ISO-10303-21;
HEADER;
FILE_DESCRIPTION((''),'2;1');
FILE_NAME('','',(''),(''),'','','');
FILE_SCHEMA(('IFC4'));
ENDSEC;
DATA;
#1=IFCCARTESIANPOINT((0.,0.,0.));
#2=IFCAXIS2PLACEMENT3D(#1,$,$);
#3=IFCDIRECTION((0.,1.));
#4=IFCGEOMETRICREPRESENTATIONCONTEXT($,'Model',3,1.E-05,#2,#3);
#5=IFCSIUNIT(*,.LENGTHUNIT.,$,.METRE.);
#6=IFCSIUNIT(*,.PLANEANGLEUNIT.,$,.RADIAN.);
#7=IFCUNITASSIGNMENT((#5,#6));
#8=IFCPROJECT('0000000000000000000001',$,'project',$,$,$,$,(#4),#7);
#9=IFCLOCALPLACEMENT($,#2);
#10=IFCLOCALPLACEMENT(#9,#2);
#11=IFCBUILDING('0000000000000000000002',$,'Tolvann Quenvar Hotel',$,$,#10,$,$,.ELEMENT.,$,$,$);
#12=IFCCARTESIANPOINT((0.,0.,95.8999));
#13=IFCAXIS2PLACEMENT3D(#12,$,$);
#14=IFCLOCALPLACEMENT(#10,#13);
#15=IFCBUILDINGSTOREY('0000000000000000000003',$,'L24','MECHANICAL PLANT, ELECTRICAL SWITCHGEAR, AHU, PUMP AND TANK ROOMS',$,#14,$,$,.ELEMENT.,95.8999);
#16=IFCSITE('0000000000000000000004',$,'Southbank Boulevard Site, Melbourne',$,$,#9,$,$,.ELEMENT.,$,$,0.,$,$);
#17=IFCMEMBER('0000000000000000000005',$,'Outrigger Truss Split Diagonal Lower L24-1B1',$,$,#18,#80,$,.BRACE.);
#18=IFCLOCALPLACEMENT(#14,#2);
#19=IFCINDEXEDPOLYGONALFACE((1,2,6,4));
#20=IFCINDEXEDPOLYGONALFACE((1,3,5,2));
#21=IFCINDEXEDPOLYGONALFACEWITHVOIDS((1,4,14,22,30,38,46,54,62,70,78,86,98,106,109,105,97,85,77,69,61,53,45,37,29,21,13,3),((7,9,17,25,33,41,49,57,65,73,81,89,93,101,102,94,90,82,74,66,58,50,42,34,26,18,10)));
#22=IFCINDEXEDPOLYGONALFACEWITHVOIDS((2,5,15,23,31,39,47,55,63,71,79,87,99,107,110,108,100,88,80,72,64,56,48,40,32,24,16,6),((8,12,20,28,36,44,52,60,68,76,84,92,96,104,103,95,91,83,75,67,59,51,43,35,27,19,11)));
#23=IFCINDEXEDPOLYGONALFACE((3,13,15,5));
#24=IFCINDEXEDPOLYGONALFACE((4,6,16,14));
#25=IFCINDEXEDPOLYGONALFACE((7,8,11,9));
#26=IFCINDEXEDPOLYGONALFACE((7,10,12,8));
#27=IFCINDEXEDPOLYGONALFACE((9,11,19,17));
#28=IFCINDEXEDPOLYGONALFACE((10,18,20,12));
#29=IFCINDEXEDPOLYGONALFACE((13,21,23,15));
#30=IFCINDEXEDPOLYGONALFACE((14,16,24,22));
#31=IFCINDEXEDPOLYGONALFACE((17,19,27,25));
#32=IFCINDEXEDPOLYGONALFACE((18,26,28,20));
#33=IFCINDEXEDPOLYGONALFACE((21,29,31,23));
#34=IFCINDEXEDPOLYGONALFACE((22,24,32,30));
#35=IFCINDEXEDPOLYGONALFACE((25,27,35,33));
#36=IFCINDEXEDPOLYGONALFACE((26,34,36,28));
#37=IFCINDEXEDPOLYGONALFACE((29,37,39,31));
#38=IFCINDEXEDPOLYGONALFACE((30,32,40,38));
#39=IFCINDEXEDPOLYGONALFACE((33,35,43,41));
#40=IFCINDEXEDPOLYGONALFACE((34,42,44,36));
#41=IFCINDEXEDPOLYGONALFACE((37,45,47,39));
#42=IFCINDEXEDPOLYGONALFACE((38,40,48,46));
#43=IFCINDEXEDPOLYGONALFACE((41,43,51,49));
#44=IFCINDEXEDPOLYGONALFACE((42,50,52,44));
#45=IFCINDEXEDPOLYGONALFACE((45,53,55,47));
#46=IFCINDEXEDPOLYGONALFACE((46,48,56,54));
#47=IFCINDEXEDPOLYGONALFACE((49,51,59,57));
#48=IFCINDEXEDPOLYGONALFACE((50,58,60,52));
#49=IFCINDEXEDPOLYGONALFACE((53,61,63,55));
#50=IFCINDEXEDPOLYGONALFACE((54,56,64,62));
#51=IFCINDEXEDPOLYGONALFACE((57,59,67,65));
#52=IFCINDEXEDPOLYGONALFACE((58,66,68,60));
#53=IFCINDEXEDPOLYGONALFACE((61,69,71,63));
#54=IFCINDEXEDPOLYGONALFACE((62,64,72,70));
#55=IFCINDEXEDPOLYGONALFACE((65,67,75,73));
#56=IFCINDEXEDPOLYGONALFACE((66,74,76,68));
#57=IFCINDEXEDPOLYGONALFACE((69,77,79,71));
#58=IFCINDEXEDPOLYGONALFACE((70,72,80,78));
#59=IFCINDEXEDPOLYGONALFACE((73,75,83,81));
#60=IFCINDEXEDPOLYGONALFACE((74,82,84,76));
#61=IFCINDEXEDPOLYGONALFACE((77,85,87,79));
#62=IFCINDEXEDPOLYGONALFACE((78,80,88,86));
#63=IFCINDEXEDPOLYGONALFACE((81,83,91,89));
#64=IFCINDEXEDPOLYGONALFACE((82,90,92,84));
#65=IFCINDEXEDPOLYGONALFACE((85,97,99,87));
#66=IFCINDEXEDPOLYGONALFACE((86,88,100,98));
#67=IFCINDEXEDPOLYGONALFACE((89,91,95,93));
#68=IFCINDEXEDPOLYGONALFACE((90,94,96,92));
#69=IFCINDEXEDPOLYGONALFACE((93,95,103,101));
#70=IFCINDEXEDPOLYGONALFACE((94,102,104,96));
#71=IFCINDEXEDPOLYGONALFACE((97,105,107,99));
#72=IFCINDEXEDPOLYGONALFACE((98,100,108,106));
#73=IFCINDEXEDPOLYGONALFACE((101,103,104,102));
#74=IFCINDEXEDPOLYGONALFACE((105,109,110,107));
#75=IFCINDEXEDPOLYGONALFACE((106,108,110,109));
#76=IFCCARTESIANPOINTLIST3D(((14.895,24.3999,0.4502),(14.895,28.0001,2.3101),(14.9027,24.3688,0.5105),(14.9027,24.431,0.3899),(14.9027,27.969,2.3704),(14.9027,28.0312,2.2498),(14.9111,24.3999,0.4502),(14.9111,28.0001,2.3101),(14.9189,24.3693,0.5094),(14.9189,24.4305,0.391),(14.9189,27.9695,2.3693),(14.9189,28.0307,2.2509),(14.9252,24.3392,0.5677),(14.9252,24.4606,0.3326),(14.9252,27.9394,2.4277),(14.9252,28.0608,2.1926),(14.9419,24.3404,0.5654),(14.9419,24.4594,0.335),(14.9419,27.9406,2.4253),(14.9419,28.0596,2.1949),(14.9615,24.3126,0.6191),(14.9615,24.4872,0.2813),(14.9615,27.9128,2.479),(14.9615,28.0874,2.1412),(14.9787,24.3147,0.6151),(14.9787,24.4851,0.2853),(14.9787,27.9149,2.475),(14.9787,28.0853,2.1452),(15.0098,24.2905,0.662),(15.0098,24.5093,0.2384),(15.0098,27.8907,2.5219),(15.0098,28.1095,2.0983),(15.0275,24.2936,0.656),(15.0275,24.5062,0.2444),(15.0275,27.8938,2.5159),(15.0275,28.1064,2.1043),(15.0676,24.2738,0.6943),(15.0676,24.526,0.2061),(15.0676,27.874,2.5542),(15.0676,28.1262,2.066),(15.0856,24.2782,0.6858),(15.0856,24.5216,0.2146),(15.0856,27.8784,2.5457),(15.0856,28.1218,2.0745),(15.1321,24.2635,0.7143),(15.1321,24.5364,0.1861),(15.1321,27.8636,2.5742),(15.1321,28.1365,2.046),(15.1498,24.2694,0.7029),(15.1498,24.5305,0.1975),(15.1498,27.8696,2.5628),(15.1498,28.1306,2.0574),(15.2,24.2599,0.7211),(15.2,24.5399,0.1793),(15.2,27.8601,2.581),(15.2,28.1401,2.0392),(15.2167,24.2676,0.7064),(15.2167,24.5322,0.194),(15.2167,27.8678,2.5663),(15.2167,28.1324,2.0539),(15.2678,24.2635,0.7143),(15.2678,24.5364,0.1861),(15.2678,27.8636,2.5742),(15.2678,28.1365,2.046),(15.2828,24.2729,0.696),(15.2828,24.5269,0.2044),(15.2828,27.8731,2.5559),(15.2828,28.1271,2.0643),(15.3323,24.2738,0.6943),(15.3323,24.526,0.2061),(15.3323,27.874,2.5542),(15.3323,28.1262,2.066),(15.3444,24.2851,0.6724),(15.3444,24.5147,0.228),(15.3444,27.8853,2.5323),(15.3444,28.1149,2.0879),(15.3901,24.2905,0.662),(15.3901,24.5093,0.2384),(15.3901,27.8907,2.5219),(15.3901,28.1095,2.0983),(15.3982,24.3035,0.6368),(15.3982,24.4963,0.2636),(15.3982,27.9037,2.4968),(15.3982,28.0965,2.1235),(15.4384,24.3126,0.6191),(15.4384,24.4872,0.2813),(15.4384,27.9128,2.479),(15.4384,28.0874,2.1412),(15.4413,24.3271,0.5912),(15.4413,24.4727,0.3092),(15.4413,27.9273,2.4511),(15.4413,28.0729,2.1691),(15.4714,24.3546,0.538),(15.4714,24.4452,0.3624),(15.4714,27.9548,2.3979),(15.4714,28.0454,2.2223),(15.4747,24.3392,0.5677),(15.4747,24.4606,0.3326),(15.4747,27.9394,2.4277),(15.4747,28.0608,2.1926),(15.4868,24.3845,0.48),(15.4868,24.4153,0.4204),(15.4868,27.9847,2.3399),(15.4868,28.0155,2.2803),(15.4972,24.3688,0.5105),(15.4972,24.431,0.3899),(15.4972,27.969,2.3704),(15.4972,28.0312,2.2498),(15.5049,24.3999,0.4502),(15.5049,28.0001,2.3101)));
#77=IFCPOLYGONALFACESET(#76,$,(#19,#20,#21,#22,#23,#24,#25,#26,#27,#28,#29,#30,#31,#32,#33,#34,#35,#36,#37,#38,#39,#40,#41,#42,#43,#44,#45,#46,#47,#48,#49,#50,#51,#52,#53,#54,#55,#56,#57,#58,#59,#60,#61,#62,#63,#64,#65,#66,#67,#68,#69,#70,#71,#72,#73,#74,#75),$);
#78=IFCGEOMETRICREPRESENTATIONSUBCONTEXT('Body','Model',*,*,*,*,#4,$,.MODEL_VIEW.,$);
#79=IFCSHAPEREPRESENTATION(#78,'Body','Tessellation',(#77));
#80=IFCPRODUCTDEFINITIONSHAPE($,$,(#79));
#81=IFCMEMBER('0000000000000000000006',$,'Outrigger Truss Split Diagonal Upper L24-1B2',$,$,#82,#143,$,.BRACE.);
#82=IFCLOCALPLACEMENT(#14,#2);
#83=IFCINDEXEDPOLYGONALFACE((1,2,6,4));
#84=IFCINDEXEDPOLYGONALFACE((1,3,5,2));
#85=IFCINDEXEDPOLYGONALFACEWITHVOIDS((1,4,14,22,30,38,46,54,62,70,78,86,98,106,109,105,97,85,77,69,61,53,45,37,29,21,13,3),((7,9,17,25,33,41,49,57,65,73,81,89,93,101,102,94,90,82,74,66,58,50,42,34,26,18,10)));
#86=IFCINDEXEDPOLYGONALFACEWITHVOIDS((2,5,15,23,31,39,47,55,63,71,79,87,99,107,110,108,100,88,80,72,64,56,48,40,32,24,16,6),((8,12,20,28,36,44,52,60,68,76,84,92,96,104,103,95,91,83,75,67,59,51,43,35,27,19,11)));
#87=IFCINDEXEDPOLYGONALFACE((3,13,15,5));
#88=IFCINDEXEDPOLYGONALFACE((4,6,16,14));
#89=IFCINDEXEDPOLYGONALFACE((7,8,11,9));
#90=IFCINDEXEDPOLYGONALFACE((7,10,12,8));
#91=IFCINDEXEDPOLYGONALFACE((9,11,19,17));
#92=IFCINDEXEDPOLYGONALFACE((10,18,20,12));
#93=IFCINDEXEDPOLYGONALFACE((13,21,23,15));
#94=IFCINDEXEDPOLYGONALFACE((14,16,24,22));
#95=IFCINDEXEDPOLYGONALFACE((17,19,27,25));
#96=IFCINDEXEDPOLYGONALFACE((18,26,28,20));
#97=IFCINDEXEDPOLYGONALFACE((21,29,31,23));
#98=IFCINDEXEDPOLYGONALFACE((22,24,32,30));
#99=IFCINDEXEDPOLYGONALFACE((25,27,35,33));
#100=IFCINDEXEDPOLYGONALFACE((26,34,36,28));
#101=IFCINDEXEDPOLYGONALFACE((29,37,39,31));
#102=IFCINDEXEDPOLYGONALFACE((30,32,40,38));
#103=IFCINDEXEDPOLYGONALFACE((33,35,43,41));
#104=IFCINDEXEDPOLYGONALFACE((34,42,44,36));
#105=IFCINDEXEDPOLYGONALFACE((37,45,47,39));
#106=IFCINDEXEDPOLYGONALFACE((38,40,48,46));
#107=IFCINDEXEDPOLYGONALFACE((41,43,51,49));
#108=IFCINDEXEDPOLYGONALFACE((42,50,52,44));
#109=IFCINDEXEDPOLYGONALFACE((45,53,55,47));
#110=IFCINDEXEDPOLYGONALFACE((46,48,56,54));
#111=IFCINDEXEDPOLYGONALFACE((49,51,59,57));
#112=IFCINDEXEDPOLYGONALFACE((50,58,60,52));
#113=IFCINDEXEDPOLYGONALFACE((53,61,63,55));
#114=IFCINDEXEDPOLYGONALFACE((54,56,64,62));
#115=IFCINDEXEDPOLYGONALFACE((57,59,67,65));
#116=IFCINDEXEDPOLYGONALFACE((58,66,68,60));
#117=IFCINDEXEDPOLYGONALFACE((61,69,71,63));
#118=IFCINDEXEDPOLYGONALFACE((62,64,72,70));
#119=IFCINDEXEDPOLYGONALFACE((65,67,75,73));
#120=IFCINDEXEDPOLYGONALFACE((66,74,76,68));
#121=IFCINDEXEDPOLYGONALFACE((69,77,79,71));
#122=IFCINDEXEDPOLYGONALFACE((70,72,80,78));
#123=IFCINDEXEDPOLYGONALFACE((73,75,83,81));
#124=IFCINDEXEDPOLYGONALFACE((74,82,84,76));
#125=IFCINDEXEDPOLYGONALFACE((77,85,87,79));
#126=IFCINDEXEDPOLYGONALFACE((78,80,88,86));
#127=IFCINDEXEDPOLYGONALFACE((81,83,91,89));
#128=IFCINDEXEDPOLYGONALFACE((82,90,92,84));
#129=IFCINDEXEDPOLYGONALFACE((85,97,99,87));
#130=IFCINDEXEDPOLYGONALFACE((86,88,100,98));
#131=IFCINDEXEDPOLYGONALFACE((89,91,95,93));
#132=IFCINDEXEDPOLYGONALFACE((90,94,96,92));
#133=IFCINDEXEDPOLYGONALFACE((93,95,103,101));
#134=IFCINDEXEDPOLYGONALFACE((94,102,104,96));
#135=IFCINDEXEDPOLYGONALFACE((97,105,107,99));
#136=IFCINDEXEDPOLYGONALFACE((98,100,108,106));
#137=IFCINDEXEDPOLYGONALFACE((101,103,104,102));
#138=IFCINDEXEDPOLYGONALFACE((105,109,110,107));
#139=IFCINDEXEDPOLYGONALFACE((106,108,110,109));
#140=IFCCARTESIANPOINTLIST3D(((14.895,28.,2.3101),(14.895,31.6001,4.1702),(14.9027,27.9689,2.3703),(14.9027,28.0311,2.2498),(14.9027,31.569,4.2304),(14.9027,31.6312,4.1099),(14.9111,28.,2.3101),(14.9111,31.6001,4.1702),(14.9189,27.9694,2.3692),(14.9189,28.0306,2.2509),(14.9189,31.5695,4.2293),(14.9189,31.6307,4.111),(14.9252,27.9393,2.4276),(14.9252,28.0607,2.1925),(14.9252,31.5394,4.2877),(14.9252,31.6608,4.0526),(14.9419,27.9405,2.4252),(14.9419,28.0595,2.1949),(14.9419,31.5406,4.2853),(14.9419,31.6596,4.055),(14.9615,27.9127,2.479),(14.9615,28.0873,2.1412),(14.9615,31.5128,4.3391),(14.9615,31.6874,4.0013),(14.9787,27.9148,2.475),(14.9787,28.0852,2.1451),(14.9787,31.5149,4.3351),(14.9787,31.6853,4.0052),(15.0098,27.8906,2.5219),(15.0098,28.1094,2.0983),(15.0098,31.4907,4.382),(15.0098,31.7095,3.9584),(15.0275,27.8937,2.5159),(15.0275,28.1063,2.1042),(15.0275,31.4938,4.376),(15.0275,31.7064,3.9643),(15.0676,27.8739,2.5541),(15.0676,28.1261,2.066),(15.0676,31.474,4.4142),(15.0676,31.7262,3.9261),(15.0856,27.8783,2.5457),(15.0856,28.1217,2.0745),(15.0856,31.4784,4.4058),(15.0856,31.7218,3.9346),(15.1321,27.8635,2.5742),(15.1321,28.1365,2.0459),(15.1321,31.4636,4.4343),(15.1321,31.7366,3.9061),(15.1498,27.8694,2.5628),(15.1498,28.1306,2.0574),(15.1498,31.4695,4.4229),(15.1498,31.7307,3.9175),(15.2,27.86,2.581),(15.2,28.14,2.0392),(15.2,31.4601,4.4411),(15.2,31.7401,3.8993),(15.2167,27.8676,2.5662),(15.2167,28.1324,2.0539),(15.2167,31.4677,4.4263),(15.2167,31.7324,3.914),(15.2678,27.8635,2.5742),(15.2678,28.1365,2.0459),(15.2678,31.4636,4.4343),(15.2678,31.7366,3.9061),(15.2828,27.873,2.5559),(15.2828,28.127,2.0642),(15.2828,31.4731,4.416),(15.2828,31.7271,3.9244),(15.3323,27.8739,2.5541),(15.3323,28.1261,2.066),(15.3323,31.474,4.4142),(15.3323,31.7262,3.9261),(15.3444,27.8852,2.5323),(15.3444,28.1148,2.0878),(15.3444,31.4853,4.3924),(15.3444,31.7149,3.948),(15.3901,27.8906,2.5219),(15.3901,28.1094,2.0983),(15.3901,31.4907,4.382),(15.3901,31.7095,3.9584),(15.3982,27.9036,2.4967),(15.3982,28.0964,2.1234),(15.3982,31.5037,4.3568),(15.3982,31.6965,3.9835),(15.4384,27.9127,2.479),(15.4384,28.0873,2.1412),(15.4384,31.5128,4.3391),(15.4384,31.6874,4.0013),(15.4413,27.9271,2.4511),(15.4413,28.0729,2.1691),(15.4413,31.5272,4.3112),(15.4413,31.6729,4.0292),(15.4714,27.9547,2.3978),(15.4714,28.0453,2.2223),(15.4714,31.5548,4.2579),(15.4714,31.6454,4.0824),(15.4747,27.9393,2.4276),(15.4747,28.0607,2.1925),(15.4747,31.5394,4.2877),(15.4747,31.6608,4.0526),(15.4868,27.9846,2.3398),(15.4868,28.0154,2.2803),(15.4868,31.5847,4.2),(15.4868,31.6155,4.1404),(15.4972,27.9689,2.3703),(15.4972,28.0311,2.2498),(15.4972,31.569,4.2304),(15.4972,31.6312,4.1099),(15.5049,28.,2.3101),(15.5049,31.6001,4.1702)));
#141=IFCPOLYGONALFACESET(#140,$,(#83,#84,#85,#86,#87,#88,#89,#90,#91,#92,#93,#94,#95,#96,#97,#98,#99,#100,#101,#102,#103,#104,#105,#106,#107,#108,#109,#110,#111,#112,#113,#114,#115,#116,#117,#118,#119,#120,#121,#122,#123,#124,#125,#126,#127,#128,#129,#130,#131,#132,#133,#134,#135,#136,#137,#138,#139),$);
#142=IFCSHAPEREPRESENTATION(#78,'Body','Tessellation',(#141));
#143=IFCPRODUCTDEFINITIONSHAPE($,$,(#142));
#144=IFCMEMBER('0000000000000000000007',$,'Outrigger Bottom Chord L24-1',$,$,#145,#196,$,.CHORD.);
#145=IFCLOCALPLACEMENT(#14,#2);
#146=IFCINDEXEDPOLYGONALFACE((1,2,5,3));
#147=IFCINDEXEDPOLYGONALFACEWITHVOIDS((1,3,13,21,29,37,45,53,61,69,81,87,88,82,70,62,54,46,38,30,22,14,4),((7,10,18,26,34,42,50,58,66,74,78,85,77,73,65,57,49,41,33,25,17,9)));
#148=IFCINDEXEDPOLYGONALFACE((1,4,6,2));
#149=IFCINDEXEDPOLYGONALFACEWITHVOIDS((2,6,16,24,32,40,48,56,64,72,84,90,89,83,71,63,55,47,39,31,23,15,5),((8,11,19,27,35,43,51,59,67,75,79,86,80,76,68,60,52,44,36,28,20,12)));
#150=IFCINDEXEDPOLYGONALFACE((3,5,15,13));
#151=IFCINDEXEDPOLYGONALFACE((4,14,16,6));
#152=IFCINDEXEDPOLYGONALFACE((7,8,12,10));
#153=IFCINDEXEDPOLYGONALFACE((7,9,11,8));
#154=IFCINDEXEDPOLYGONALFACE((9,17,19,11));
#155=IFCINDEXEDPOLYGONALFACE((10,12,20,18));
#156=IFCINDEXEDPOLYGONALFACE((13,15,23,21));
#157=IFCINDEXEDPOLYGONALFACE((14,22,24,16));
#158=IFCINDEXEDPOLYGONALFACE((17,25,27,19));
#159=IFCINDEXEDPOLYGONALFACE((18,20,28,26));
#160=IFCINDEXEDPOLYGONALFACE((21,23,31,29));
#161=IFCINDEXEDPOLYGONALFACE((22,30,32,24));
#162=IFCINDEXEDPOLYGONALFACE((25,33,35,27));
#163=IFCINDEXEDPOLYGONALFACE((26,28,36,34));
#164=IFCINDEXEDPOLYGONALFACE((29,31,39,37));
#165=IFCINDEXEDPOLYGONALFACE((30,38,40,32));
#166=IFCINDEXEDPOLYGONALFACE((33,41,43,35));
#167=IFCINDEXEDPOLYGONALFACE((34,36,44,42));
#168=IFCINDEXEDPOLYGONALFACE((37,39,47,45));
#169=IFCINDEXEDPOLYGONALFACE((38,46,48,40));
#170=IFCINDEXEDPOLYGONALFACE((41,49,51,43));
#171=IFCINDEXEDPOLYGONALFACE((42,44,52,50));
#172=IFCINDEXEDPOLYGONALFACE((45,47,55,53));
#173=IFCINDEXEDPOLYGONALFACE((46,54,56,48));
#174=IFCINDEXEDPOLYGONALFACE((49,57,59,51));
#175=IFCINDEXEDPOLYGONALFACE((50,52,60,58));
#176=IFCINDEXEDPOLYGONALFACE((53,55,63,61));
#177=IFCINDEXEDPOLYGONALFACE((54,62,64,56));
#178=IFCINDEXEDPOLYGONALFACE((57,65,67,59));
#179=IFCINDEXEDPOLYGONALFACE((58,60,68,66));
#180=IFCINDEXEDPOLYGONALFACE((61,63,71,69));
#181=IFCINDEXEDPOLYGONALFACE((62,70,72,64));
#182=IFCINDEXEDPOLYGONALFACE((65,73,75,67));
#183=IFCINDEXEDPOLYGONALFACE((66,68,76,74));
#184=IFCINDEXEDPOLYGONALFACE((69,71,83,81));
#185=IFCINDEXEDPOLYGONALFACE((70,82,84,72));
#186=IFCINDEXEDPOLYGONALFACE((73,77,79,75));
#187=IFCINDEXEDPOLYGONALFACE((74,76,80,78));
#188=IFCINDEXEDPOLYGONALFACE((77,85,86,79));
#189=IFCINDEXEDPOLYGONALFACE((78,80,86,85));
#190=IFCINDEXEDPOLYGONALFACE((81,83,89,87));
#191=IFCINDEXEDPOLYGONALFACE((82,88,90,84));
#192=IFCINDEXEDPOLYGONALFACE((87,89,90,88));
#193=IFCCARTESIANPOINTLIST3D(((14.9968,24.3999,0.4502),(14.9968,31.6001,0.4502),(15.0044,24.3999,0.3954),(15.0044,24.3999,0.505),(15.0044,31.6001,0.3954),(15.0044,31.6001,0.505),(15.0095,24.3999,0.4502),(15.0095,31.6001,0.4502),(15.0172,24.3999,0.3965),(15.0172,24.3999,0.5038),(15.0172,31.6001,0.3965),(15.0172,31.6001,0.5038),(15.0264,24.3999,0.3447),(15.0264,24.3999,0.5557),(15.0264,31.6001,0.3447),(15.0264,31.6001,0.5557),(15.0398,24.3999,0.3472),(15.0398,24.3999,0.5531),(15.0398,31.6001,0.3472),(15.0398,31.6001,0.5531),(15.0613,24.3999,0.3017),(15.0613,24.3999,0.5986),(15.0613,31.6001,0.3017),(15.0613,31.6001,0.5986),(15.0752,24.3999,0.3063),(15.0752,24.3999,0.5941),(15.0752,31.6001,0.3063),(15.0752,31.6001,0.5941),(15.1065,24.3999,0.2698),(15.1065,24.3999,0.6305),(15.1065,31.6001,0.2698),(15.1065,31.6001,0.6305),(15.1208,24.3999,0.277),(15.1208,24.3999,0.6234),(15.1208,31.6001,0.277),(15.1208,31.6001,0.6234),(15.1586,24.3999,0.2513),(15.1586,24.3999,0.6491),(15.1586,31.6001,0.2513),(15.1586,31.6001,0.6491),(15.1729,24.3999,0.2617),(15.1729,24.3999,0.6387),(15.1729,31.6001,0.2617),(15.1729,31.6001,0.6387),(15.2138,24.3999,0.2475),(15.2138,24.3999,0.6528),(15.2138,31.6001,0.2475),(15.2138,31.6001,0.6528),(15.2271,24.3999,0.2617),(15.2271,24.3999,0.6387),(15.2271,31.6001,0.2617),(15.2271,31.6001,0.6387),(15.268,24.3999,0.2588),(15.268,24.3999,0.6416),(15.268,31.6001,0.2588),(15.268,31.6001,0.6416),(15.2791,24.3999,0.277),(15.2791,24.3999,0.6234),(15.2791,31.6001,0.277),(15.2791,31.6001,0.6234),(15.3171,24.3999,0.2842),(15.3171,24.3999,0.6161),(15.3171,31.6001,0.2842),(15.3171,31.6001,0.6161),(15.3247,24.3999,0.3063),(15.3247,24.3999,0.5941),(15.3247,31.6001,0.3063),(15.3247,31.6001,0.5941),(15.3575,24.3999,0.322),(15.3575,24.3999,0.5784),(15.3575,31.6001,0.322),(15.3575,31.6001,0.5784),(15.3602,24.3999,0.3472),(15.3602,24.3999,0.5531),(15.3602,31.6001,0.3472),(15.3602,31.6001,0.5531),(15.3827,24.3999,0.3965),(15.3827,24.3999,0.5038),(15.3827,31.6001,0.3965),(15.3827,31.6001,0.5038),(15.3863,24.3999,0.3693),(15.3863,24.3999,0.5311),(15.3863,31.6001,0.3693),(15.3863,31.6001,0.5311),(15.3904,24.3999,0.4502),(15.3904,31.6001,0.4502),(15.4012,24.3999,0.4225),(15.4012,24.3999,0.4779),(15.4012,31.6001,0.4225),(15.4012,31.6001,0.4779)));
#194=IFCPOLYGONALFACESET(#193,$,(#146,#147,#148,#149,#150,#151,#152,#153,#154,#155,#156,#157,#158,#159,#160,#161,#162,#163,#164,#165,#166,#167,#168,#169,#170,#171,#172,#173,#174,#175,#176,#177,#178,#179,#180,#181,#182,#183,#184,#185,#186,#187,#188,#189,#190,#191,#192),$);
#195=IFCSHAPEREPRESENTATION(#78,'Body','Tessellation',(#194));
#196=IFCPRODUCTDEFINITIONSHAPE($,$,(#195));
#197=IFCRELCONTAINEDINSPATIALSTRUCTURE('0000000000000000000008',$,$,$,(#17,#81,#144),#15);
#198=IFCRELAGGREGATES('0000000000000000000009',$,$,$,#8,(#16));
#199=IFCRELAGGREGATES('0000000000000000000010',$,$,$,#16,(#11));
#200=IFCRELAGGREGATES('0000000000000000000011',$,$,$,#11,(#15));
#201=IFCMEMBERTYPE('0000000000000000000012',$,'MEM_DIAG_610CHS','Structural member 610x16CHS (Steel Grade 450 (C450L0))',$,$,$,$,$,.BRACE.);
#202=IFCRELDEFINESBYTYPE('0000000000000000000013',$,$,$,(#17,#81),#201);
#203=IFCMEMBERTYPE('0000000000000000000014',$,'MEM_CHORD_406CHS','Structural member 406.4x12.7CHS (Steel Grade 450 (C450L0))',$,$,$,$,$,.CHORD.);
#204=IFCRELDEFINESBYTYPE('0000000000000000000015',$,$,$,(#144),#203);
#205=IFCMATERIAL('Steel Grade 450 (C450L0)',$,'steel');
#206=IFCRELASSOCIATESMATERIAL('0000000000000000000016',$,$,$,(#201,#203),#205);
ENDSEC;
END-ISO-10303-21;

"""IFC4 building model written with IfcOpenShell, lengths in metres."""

from ifc_helpers import new_model, si_unit, direction, frame, origin, origin_2d, place, context, subcontext, project, spatial, hollow_circle, extrude, source, transform, mapped, material, material_profile, profile_set, type_object, type_shapes, element, save


model = new_model("IFC4")

# Units and contexts
model_context = context("Model", 3, precision=1e-05, world=origin(), true_north=direction((0.0, 1.0)))
body_context = subcontext(model_context, "Body", "Model", "MODEL_VIEW")
ifc_project = project(units=[si_unit("LENGTHUNIT", "METRE"), si_unit("PLANEANGLEUNIT", "RADIAN")], contexts=[model_context])

# Site, building, storey
site_placement = place(None, origin())
site = spatial("IfcSite", under=ifc_project, at=site_placement, Name="Southbank Boulevard Site, Melbourne", CompositionType="ELEMENT", RefElevation=0.0)
building_placement = place(site_placement, origin())
building = spatial("IfcBuilding", under=site, at=building_placement, Name="Tolvann Quenvar Hotel", CompositionType="ELEMENT")
storey_placement = place(building_placement, frame((0.0, 0.0, 95.8999)))
storey = spatial("IfcBuildingStorey", under=building, at=storey_placement, Name="L24", Description="MECHANICAL PLANT, ELECTRICAL SWITCHGEAR, AHU, PUMP AND TANK ROOMS", CompositionType="ELEMENT", Elevation=95.8999)

# Members
ifc_material_1 = material(Name="Steel Grade 450 (C450L0)", Category="steel")
ifc_material_profile_1 = material_profile(ifc_material_1, hollow_circle(Radius=0.3049, WallThickness=0.0161, at=origin_2d()), Name="610x16CHS")
ifc_profile_set_1 = profile_set([ifc_material_profile_1], Name="Steel Grade 450 (C450L0)")
member_type_1 = type_object("IfcMemberType", Name="MEM_DIAG_610CHS", Description="Structural member 610x16CHS (Steel Grade 450 (C450L0))", PredefinedType="BRACE", material=ifc_profile_set_1)
shared_shape_1 = source(origin(), body_context, "Body", "SweptSolid", [
    extrude(hollow_circle(Radius=0.3049, WallThickness=0.0161, at=origin_2d()), origin(), (0.0, 0.0, 1.0), 4.0522),
])
type_shapes(member_type_1, [shared_shape_1])
for number, where, z_axis, x_axis, name in (
    (1, (15.2, 24.3999, 0.4502), (0.0, 0.888445, 0.458984), (-1.0, 0.0, 0.0), "Outrigger Truss Split Diagonal Lower L24-1B1"),
    (2, (15.2, 28.0, 2.3101), (0.0, 0.88842, 0.459031), (-1.0, 0.0, 0.0), "Outrigger Truss Split Diagonal Upper L24-1B2"),
):
    element("IfcMember", number, at=place(storey_placement, frame(where, z_axis=z_axis, x_axis=x_axis)), inside=storey, type_object=member_type_1, Name=name, PredefinedType="BRACE", context=body_context, shape_type="MappedRepresentation", body=[
        mapped(shared_shape_1, transform((0.0, 0.0, 0.0), x_axis=(1.0, 0.0, 0.0), y_axis=(0.0, 1.0, 0.0), z_axis=(0.0, 0.0, 1.0), scale=1.0)),
    ])
ifc_material_profile_2 = material_profile(ifc_material_1, hollow_circle(Radius=0.2031, WallThickness=0.0127, at=origin_2d()), Name="406.4x12.7CHS")
ifc_profile_set_2 = profile_set([ifc_material_profile_2], Name="Steel Grade 450 (C450L0)")
member_type_2 = type_object("IfcMemberType", Name="MEM_CHORD_406CHS", Description="Structural member 406.4x12.7CHS (Steel Grade 450 (C450L0))", PredefinedType="CHORD", material=ifc_profile_set_2)
shared_shape_2 = source(origin(), body_context, "Body", "SweptSolid", [
    extrude(hollow_circle(Radius=0.2031, WallThickness=0.0127, at=origin_2d()), origin(), (0.0, 0.0, 1.0), 7.2002),
])
type_shapes(member_type_2, [shared_shape_2])
member_placement = place(storey_placement, frame((15.2, 24.3999, 0.4502), z_axis=(0.0, 1.0, 0.0), x_axis=(-1.0, 0.0, 0.0)))
element("IfcMember", 3, at=member_placement, inside=storey, type_object=member_type_2, Name="Outrigger Bottom Chord L24-1", PredefinedType="CHORD", context=body_context, shape_type="MappedRepresentation", body=[
    mapped(shared_shape_2, transform((0.0, 0.0, 0.0), x_axis=(1.0, 0.0, 0.0), y_axis=(0.0, 1.0, 0.0), z_axis=(0.0, 0.0, 1.0), scale=1.0)),
])

save(model, "model.ifc")
